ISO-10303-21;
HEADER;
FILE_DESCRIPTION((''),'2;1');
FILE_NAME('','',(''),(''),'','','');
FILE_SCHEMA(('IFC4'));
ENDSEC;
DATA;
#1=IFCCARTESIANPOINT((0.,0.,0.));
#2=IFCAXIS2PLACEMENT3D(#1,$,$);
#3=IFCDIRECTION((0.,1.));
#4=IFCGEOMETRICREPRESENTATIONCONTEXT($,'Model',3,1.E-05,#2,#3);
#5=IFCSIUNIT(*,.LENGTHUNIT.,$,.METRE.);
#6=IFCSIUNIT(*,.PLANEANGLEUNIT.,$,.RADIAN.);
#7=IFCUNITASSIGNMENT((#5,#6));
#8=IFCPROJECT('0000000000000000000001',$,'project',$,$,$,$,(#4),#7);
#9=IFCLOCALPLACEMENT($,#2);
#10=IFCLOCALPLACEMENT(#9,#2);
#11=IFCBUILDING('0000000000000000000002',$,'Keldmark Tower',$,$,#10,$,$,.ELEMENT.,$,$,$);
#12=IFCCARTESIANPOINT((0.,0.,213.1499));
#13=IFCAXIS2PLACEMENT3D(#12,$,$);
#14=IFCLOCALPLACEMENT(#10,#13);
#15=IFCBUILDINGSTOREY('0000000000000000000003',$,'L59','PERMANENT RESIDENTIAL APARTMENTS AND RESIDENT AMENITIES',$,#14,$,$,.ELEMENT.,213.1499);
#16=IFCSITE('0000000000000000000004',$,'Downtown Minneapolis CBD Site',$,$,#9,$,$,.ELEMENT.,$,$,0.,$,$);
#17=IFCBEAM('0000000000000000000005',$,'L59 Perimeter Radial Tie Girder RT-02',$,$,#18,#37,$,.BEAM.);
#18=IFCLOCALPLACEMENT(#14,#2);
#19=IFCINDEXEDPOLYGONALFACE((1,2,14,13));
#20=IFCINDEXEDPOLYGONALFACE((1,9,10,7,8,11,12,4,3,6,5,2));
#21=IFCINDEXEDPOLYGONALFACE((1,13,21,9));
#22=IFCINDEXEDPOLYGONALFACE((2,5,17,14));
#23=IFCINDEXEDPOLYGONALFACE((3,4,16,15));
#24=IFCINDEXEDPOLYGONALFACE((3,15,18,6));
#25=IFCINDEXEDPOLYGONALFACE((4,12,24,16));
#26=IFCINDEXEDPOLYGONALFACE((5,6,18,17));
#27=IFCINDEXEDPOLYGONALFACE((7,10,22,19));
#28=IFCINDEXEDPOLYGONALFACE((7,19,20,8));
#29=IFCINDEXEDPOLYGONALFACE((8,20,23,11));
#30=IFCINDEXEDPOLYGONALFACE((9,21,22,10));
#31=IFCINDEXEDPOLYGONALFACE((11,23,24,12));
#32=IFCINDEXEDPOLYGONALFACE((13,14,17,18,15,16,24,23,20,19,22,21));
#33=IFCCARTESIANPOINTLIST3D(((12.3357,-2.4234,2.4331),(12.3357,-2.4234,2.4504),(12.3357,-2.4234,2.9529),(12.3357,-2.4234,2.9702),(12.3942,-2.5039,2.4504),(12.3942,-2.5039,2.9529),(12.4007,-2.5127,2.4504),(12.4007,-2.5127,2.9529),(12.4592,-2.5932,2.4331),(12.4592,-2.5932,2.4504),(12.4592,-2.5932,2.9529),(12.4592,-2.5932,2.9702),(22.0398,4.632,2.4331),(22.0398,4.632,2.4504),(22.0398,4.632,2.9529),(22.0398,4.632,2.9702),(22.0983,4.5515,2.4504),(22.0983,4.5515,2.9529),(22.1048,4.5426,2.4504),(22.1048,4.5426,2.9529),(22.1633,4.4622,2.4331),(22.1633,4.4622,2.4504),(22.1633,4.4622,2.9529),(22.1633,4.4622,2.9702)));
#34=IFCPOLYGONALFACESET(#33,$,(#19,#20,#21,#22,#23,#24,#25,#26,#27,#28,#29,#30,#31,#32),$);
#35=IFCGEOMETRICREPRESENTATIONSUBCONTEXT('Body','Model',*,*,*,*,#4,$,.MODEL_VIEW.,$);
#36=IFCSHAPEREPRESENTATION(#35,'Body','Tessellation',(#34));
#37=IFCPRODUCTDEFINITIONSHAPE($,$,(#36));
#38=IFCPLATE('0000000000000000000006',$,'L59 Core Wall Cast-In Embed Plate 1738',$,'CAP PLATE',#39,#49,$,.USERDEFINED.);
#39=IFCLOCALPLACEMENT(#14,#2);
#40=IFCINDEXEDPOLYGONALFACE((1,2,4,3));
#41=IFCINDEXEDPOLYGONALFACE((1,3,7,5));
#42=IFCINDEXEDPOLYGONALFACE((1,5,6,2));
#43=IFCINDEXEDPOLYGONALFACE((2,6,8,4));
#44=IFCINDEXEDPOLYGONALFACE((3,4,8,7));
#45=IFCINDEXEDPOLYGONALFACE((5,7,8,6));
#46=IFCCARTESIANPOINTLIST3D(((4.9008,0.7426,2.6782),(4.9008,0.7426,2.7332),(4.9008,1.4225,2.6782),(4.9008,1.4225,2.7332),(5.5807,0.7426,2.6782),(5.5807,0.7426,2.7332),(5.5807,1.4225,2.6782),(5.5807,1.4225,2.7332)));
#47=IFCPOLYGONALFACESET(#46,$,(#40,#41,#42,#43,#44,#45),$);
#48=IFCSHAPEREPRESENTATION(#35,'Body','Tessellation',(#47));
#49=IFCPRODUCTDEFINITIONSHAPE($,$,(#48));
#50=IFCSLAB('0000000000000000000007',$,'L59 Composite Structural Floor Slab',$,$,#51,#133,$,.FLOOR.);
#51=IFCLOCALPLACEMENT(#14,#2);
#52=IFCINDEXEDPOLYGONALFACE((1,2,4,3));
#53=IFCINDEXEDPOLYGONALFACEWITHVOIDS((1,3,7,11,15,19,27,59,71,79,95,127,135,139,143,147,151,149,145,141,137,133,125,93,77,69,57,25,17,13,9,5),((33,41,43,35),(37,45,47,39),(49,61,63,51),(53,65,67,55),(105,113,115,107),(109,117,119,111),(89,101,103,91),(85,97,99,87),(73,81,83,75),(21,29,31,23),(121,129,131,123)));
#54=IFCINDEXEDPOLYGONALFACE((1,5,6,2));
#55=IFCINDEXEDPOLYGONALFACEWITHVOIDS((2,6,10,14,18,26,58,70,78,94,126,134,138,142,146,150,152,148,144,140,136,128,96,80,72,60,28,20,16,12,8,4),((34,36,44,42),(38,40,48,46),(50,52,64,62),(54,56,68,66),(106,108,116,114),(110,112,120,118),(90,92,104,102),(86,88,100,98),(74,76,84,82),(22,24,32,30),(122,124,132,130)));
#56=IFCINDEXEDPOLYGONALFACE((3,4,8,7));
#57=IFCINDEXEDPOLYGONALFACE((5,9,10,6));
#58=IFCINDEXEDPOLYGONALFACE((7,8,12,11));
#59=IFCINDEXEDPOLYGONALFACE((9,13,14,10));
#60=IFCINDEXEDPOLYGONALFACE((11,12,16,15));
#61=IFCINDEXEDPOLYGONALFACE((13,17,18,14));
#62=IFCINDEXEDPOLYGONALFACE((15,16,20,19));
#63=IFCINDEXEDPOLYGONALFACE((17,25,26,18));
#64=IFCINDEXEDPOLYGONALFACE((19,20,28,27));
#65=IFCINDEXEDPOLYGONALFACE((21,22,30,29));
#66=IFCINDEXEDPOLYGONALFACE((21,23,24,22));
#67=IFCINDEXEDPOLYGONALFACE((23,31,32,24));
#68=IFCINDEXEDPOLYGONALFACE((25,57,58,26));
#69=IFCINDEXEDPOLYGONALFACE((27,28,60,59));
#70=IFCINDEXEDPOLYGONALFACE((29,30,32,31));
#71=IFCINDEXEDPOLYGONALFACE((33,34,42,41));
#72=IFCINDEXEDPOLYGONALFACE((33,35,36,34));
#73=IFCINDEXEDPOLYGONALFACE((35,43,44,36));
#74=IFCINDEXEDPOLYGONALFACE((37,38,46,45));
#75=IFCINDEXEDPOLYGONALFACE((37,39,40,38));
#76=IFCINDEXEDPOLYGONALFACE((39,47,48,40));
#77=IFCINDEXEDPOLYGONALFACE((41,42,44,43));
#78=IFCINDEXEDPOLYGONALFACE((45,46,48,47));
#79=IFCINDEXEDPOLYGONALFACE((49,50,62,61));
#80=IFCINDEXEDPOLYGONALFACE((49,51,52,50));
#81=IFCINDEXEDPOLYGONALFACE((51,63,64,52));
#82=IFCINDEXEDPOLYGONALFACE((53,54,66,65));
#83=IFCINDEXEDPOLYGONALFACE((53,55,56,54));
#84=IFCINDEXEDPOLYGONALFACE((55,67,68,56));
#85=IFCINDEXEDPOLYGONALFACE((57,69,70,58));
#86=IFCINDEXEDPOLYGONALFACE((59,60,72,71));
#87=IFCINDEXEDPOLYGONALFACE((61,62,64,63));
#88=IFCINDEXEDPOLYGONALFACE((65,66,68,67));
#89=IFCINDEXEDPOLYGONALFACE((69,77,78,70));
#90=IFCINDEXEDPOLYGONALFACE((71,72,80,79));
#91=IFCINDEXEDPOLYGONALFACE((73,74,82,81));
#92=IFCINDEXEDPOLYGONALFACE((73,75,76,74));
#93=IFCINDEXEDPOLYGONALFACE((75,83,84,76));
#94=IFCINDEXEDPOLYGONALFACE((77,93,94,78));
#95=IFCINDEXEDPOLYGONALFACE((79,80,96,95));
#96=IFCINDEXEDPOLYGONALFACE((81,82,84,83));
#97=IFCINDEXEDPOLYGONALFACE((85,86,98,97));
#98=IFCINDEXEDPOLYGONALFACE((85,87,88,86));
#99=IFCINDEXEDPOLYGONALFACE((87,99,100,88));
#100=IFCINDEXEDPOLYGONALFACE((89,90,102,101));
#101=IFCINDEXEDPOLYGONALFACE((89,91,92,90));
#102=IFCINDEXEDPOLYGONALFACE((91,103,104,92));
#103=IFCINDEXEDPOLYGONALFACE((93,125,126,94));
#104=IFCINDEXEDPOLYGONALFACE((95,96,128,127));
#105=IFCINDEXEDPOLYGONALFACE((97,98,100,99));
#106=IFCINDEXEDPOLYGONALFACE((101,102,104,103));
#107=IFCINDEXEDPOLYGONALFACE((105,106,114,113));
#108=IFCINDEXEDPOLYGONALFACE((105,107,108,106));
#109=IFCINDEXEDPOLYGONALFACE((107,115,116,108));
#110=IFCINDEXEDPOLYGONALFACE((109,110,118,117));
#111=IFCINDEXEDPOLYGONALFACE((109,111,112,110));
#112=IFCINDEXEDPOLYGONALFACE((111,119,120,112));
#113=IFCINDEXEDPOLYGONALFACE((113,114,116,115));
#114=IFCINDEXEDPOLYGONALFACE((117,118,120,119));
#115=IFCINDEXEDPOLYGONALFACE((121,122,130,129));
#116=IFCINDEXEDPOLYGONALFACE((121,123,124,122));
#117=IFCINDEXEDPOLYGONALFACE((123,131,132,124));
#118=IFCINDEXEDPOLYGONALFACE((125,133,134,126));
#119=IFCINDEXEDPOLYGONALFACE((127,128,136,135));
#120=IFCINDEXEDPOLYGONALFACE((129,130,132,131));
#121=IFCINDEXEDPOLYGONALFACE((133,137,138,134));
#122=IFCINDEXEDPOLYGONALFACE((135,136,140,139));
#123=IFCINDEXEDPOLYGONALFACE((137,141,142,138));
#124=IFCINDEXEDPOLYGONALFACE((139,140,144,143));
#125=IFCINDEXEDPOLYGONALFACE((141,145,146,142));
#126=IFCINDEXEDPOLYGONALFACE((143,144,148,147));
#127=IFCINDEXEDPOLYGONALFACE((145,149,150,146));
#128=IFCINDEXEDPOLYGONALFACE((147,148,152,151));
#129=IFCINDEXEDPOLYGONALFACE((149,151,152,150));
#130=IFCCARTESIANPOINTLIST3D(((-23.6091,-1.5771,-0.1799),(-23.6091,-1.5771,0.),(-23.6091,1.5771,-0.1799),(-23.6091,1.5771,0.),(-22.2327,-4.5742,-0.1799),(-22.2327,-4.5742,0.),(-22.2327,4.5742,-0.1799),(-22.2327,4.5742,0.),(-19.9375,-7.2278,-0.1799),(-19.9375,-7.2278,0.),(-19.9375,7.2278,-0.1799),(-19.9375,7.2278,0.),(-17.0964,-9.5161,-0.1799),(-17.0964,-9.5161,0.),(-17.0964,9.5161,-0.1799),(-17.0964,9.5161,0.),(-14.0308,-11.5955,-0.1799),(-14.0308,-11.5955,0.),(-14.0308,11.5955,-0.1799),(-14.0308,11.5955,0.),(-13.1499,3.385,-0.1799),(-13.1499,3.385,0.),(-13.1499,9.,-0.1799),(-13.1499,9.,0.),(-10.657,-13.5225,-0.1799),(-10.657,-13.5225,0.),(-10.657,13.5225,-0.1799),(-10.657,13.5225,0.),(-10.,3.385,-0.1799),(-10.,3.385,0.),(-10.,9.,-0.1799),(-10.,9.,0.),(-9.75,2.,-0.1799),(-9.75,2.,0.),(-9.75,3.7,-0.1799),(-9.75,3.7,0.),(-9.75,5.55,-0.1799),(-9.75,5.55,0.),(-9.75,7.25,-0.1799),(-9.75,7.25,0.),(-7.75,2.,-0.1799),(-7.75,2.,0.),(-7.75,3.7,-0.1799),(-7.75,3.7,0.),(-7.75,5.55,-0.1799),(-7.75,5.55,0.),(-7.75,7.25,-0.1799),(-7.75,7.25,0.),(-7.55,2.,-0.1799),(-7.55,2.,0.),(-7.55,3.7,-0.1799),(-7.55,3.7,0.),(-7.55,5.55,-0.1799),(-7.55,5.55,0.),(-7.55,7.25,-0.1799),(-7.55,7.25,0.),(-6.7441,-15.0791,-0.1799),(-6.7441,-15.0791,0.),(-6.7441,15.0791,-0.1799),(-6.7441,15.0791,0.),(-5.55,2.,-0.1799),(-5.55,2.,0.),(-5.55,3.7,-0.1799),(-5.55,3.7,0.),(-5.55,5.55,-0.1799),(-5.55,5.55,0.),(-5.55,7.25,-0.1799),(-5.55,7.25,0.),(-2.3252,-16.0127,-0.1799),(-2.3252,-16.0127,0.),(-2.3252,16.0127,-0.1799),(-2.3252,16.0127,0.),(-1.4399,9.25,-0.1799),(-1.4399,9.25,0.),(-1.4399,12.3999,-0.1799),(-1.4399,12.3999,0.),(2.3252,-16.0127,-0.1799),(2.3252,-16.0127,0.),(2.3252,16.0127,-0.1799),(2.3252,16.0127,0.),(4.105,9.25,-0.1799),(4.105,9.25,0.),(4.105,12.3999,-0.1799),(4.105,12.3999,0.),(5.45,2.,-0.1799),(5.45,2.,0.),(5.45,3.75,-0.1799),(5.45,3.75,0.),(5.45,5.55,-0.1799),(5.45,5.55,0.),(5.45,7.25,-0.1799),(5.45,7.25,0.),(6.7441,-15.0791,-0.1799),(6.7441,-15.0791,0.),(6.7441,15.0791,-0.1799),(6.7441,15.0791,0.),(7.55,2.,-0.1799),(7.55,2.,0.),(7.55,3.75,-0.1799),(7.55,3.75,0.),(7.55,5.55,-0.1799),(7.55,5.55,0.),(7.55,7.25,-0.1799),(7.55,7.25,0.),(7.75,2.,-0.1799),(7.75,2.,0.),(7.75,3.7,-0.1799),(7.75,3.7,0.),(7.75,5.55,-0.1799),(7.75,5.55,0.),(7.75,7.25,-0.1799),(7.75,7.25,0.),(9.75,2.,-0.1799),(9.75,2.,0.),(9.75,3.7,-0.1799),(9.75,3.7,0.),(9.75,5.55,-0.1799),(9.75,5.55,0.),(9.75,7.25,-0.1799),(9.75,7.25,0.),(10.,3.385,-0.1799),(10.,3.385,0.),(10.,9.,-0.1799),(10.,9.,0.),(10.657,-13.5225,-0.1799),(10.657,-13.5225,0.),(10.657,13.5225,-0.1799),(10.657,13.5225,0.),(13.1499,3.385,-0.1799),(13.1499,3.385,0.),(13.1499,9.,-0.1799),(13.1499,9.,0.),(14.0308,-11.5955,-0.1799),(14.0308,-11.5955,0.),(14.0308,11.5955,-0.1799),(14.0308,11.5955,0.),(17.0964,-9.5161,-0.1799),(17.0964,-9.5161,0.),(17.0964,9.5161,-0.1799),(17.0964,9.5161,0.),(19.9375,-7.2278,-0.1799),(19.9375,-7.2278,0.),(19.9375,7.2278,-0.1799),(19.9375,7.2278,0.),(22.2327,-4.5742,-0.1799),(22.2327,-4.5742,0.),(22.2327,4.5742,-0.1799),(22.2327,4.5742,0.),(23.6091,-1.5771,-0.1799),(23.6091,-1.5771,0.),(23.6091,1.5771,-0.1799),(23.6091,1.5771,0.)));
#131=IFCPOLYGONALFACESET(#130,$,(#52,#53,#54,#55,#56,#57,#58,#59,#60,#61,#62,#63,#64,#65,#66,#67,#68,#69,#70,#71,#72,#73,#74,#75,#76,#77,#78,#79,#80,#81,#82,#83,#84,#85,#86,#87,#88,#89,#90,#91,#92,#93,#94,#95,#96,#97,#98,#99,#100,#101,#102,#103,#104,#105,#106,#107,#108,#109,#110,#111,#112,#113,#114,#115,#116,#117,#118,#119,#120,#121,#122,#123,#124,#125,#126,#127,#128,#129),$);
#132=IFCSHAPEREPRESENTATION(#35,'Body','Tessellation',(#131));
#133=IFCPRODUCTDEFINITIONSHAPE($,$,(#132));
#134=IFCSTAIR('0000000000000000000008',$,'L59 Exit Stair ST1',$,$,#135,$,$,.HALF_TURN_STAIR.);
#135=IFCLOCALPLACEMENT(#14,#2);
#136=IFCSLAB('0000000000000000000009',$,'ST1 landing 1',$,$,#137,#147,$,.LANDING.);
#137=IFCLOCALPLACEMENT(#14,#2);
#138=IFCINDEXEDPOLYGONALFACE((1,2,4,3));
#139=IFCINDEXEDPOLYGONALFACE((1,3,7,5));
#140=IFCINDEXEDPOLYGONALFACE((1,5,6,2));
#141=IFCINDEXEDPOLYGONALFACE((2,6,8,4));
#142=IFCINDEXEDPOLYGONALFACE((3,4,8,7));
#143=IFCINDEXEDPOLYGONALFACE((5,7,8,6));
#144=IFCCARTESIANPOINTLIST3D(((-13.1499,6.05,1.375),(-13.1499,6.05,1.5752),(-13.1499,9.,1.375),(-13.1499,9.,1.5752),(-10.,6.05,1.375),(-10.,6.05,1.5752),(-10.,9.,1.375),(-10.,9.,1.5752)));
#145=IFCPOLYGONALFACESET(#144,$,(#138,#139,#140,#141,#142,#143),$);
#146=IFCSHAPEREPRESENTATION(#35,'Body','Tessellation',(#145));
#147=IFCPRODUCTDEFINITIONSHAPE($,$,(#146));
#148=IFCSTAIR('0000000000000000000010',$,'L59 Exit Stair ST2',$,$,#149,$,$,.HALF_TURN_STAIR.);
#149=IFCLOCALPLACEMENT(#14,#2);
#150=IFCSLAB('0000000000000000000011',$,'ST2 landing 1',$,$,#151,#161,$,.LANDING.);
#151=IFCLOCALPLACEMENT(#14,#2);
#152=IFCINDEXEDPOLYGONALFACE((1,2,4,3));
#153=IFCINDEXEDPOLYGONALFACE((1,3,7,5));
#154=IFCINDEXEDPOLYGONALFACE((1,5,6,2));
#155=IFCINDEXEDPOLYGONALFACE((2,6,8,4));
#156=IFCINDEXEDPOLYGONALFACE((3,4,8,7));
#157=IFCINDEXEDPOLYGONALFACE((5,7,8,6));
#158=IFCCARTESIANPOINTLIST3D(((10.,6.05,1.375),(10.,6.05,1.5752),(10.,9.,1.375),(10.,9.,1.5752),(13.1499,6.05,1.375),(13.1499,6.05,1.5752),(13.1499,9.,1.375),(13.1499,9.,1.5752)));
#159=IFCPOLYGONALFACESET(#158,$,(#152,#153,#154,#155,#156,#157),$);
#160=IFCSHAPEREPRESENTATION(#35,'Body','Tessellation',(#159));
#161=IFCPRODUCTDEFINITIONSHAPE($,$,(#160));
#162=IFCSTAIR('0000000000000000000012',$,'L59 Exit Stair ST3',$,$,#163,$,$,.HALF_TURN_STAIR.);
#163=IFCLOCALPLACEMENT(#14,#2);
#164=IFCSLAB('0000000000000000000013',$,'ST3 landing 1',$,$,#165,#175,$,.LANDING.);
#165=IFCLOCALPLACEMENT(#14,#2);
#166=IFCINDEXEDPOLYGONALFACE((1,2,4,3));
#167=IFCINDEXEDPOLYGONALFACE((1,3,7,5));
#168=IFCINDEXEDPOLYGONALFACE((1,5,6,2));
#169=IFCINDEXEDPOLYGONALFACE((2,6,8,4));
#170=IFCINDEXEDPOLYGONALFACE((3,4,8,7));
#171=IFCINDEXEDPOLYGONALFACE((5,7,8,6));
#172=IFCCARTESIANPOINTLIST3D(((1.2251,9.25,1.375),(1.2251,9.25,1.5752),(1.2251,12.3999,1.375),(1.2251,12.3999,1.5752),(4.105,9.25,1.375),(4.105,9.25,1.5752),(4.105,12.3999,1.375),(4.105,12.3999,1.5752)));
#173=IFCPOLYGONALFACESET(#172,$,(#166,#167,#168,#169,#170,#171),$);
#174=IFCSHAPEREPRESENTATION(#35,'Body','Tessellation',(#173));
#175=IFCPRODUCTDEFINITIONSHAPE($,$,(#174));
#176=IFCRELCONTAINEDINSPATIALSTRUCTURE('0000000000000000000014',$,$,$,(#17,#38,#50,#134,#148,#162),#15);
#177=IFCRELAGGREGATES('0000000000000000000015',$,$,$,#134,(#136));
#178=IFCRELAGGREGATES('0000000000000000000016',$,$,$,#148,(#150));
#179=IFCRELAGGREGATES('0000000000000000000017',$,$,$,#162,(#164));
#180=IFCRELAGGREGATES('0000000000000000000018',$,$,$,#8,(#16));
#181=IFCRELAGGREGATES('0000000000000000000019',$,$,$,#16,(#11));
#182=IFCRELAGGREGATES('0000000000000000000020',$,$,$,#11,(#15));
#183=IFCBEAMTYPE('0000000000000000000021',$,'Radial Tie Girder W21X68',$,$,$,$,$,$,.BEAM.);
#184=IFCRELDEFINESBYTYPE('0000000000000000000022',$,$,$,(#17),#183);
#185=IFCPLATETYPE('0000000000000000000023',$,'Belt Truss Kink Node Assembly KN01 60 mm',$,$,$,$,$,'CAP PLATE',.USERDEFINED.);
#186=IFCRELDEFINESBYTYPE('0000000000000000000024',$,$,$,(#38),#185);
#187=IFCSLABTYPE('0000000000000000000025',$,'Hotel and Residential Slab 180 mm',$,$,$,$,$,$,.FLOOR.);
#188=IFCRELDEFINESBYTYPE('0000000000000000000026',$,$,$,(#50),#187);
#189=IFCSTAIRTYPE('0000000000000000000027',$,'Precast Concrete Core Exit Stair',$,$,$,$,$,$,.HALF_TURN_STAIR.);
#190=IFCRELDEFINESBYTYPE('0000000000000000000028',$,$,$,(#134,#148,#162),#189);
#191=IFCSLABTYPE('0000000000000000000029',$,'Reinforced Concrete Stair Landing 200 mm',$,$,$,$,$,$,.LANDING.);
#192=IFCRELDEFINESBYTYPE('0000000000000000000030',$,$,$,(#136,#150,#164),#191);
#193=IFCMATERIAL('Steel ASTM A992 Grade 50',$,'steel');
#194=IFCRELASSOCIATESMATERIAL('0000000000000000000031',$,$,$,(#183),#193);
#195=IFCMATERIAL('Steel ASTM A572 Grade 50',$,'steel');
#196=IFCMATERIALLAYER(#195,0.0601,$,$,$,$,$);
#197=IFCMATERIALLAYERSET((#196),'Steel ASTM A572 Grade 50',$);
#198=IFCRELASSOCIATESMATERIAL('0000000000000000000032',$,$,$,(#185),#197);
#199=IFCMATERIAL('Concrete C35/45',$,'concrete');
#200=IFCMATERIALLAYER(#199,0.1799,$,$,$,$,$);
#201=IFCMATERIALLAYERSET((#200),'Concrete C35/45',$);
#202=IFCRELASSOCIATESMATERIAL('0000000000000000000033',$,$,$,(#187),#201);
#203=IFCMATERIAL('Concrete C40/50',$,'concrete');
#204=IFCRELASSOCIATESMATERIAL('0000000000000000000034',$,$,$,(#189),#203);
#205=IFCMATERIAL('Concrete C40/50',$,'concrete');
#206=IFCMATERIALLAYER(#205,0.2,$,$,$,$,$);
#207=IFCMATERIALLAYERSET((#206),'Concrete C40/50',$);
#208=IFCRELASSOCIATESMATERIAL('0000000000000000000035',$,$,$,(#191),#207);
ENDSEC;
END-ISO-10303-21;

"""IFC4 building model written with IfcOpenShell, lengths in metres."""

from ifc_helpers import new_model, si_unit, direction, frame, origin, origin_2d, place, context, subcontext, project, spatial, polyline, rectangle, i_section, outline, extrude, material, layer, layer_set, material_profile, profile_set, type_object, element, aggregate, save


model = new_model("IFC4")

# Units and contexts
model_context = context("Model", 3, precision=1e-05, world=origin(), true_north=direction((0.0, 1.0)))
body_context = subcontext(model_context, "Body", "Model", "MODEL_VIEW")
ifc_project = project(units=[si_unit("LENGTHUNIT", "METRE"), si_unit("PLANEANGLEUNIT", "RADIAN")], contexts=[model_context])

# Site, building, storey
site_placement = place(None, origin())
site = spatial("IfcSite", under=ifc_project, at=site_placement, Name="Downtown Minneapolis CBD Site", CompositionType="ELEMENT", RefElevation=0.0)
building_placement = place(site_placement, origin())
building = spatial("IfcBuilding", under=site, at=building_placement, Name="Keldmark Tower", CompositionType="ELEMENT")
storey_placement = place(building_placement, frame((0.0, 0.0, 213.1499)))
storey = spatial("IfcBuildingStorey", under=building, at=storey_placement, Name="L59", Description="PERMANENT RESIDENTIAL APARTMENTS AND RESIDENT AMENITIES", CompositionType="ELEMENT", Elevation=213.1499)

# Beam
ifc_material_1 = material(Name="Steel ASTM A992 Grade 50", Category="steel")
ifc_material_profile_1 = material_profile(ifc_material_1, i_section(OverallWidth=0.21, OverallDepth=0.5371, WebThickness=0.011, FlangeThickness=0.0173, at=origin_2d()), Name="W21X68")
ifc_profile_set_1 = profile_set([ifc_material_profile_1], Name="Steel ASTM A992 Grade 50")
beam_type_1 = type_object("IfcBeamType", Name="Radial Tie Girder W21X68", PredefinedType="BEAM", material=ifc_profile_set_1)
beam_1_placement = place(storey_placement, frame((12.3975, -2.5083, 2.7017), z_axis=(0.80882, 0.588057, 0.0), x_axis=(-0.588057, 0.80882, 0.0)))
element("IfcBeam", 1, at=beam_1_placement, inside=storey, type_object=beam_type_1, Name="L59 Perimeter Radial Tie Girder RT-02", PredefinedType="BEAM", context=body_context, shape_type="SweptSolid", body=[
    extrude(i_section(OverallWidth=0.21, OverallDepth=0.5371, WebThickness=0.011, FlangeThickness=0.0173, at=origin_2d()), origin(), (0.0, 0.0, 1.0), 11.9978),
])

# Plate
ifc_material_2 = material(Name="Steel ASTM A572 Grade 50", Category="steel")
ifc_layer_1 = layer(ifc_material_2, 0.0601)
ifc_layer_set_1 = layer_set([ifc_layer_1], Name="Steel ASTM A572 Grade 50")
plate_type = type_object("IfcPlateType", Name="Belt Truss Kink Node Assembly KN01 60 mm", ElementType="CAP PLATE", PredefinedType="USERDEFINED", material=ifc_layer_set_1)
plate_placement = place(storey_placement, frame((5.2407, 1.0825, 2.6782), z_axis=(0.0, 0.0, 1.0), x_axis=(1.0, 0.0, 0.0)))
element("IfcPlate", 2, at=plate_placement, inside=storey, type_object=plate_type, Name="L59 Core Wall Cast-In Embed Plate 1738", ObjectType="CAP PLATE", PredefinedType="USERDEFINED", context=body_context, shape_type="SweptSolid", body=[
    extrude(rectangle(XDim=0.6799, YDim=0.6799, at=origin_2d()), origin(), (0.0, 0.0, 1.0), 0.0549),
])

# Slab
ifc_material_3 = material(Name="Concrete C35/45", Category="concrete")
ifc_layer_2 = layer(ifc_material_3, 0.1799)
ifc_layer_set_2 = layer_set([ifc_layer_2], Name="Concrete C35/45")
slab_type_1 = type_object("IfcSlabType", Name="Hotel and Residential Slab 180 mm", PredefinedType="FLOOR", material=ifc_layer_set_2)
slab_1_placement = place(storey_placement, frame((0.0, 0.0, -0.1799)))
element("IfcSlab", 3, at=slab_1_placement, inside=storey, type_object=slab_type_1, Name="L59 Composite Structural Floor Slab", PredefinedType="FLOOR", context=body_context, shape_type="SweptSolid", body=[
    extrude(outline(polyline([(23.6091, 1.5771), (22.2327, 4.5742), (19.9375, 7.2278), (17.0964, 9.5161), (14.0308, 11.5955), (10.657, 13.5225), (6.7441, 15.0791), (2.3252, 16.0127), (-2.3252, 16.0127), (-6.7441, 15.0791), (-10.657, 13.5225), (-14.0308, 11.5955), (-17.0964, 9.5161), (-19.9375, 7.2278), (-22.2327, 4.5742), (-23.6091, 1.5771), (-23.6091, -1.5771), (-22.2327, -4.5742), (-19.9375, -7.2278), (-17.0964, -9.5161), (-14.0308, -11.5955), (-10.657, -13.5225), (-6.7441, -15.0791), (-2.3252, -16.0127), (2.3252, -16.0127), (6.7441, -15.0791), (10.657, -13.5225), (14.0308, -11.5955), (17.0964, -9.5161), (19.9375, -7.2278), (22.2327, -4.5742), (23.6091, -1.5771), (23.6091, 1.5771)]), holes=[polyline([(-10.0, 3.385), (-10.0, 9.0), (-13.1499, 9.0), (-13.1499, 3.385), (-10.0, 3.385)]), polyline([(13.1499, 3.385), (13.1499, 9.0), (10.0, 9.0), (10.0, 3.385), (13.1499, 3.385)]), polyline([(-1.4399, 9.25), (4.105, 9.25), (4.105, 12.3999), (-1.4399, 12.3999), (-1.4399, 9.25)]), polyline([(-9.75, 2.0), (-7.75, 2.0), (-7.75, 3.7), (-9.75, 3.7), (-9.75, 2.0)]), polyline([(7.75, 2.0), (9.75, 2.0), (9.75, 3.7), (7.75, 3.7), (7.75, 2.0)]), polyline([(5.45, 2.0), (7.55, 2.0), (7.55, 3.75), (5.45, 3.75), (5.45, 2.0)]), polyline([(-9.75, 5.55), (-7.75, 5.55), (-7.75, 7.25), (-9.75, 7.25), (-9.75, 5.55)]), polyline([(-7.55, 5.55), (-5.55, 5.55), (-5.55, 7.25), (-7.55, 7.25), (-7.55, 5.55)]), polyline([(-7.55, 2.0), (-5.55, 2.0), (-5.55, 3.7), (-7.55, 3.7), (-7.55, 2.0)]), polyline([(5.45, 5.55), (7.55, 5.55), (7.55, 7.25), (5.45, 7.25), (5.45, 5.55)]), polyline([(7.75, 5.55), (9.75, 5.55), (9.75, 7.25), (7.75, 7.25), (7.75, 5.55)])]), origin(), (0.0, 0.0, 1.0), 0.1799),
])

# Stairs, slabs
ifc_material_4 = material(Name="Concrete C40/50", Category="concrete")
stair_type = type_object("IfcStairType", Name="Precast Concrete Core Exit Stair", PredefinedType="HALF_TURN_STAIR", material=ifc_material_4)
stair_1_placement = place(storey_placement, origin())
stair_1 = element("IfcStair", 4, at=stair_1_placement, inside=storey, type_object=stair_type, Name="L59 Exit Stair ST1", PredefinedType="HALF_TURN_STAIR")
ifc_material_5 = material(Name="Concrete C40/50", Category="concrete")
ifc_layer_3 = layer(ifc_material_5, 0.2)
ifc_layer_set_3 = layer_set([ifc_layer_3], Name="Concrete C40/50")
slab_type_2 = type_object("IfcSlabType", Name="Reinforced Concrete Stair Landing 200 mm", PredefinedType="LANDING", material=ifc_layer_set_3)
slab_2_placement = place(storey_placement, frame((0.0, 0.0, 1.375)))
slab_2 = element("IfcSlab", 5, at=slab_2_placement, type_object=slab_type_2, Name="ST1 landing 1", PredefinedType="LANDING", context=body_context, shape_type="SweptSolid", body=[
    extrude(outline(polyline([(-10.0, 6.05), (-10.0, 9.0), (-13.1499, 9.0), (-13.1499, 6.05), (-10.0, 6.05)])), origin(), (0.0, 0.0, 1.0), 0.2002),
])
aggregate(stair_1, [slab_2])
stair_2_placement = place(storey_placement, origin())
stair_2 = element("IfcStair", 6, at=stair_2_placement, inside=storey, type_object=stair_type, Name="L59 Exit Stair ST2", PredefinedType="HALF_TURN_STAIR")
slab_3_placement = place(storey_placement, frame((0.0, 0.0, 1.375)))
slab_3 = element("IfcSlab", 7, at=slab_3_placement, type_object=slab_type_2, Name="ST2 landing 1", PredefinedType="LANDING", context=body_context, shape_type="SweptSolid", body=[
    extrude(outline(polyline([(13.1499, 6.05), (13.1499, 9.0), (10.0, 9.0), (10.0, 6.05), (13.1499, 6.05)])), origin(), (0.0, 0.0, 1.0), 0.2002),
])
aggregate(stair_2, [slab_3])
stair_3_placement = place(storey_placement, origin())
stair_3 = element("IfcStair", 8, at=stair_3_placement, inside=storey, type_object=stair_type, Name="L59 Exit Stair ST3", PredefinedType="HALF_TURN_STAIR")
slab_4_placement = place(storey_placement, frame((0.0, 0.0, 1.375)))
slab_4 = element("IfcSlab", 9, at=slab_4_placement, type_object=slab_type_2, Name="ST3 landing 1", PredefinedType="LANDING", context=body_context, shape_type="SweptSolid", body=[
    extrude(outline(polyline([(1.2251, 9.25), (4.105, 9.25), (4.105, 12.3999), (1.2251, 12.3999), (1.2251, 9.25)])), origin(), (0.0, 0.0, 1.0), 0.2002),
])
aggregate(stair_3, [slab_4])

save(model, "model.ifc")
